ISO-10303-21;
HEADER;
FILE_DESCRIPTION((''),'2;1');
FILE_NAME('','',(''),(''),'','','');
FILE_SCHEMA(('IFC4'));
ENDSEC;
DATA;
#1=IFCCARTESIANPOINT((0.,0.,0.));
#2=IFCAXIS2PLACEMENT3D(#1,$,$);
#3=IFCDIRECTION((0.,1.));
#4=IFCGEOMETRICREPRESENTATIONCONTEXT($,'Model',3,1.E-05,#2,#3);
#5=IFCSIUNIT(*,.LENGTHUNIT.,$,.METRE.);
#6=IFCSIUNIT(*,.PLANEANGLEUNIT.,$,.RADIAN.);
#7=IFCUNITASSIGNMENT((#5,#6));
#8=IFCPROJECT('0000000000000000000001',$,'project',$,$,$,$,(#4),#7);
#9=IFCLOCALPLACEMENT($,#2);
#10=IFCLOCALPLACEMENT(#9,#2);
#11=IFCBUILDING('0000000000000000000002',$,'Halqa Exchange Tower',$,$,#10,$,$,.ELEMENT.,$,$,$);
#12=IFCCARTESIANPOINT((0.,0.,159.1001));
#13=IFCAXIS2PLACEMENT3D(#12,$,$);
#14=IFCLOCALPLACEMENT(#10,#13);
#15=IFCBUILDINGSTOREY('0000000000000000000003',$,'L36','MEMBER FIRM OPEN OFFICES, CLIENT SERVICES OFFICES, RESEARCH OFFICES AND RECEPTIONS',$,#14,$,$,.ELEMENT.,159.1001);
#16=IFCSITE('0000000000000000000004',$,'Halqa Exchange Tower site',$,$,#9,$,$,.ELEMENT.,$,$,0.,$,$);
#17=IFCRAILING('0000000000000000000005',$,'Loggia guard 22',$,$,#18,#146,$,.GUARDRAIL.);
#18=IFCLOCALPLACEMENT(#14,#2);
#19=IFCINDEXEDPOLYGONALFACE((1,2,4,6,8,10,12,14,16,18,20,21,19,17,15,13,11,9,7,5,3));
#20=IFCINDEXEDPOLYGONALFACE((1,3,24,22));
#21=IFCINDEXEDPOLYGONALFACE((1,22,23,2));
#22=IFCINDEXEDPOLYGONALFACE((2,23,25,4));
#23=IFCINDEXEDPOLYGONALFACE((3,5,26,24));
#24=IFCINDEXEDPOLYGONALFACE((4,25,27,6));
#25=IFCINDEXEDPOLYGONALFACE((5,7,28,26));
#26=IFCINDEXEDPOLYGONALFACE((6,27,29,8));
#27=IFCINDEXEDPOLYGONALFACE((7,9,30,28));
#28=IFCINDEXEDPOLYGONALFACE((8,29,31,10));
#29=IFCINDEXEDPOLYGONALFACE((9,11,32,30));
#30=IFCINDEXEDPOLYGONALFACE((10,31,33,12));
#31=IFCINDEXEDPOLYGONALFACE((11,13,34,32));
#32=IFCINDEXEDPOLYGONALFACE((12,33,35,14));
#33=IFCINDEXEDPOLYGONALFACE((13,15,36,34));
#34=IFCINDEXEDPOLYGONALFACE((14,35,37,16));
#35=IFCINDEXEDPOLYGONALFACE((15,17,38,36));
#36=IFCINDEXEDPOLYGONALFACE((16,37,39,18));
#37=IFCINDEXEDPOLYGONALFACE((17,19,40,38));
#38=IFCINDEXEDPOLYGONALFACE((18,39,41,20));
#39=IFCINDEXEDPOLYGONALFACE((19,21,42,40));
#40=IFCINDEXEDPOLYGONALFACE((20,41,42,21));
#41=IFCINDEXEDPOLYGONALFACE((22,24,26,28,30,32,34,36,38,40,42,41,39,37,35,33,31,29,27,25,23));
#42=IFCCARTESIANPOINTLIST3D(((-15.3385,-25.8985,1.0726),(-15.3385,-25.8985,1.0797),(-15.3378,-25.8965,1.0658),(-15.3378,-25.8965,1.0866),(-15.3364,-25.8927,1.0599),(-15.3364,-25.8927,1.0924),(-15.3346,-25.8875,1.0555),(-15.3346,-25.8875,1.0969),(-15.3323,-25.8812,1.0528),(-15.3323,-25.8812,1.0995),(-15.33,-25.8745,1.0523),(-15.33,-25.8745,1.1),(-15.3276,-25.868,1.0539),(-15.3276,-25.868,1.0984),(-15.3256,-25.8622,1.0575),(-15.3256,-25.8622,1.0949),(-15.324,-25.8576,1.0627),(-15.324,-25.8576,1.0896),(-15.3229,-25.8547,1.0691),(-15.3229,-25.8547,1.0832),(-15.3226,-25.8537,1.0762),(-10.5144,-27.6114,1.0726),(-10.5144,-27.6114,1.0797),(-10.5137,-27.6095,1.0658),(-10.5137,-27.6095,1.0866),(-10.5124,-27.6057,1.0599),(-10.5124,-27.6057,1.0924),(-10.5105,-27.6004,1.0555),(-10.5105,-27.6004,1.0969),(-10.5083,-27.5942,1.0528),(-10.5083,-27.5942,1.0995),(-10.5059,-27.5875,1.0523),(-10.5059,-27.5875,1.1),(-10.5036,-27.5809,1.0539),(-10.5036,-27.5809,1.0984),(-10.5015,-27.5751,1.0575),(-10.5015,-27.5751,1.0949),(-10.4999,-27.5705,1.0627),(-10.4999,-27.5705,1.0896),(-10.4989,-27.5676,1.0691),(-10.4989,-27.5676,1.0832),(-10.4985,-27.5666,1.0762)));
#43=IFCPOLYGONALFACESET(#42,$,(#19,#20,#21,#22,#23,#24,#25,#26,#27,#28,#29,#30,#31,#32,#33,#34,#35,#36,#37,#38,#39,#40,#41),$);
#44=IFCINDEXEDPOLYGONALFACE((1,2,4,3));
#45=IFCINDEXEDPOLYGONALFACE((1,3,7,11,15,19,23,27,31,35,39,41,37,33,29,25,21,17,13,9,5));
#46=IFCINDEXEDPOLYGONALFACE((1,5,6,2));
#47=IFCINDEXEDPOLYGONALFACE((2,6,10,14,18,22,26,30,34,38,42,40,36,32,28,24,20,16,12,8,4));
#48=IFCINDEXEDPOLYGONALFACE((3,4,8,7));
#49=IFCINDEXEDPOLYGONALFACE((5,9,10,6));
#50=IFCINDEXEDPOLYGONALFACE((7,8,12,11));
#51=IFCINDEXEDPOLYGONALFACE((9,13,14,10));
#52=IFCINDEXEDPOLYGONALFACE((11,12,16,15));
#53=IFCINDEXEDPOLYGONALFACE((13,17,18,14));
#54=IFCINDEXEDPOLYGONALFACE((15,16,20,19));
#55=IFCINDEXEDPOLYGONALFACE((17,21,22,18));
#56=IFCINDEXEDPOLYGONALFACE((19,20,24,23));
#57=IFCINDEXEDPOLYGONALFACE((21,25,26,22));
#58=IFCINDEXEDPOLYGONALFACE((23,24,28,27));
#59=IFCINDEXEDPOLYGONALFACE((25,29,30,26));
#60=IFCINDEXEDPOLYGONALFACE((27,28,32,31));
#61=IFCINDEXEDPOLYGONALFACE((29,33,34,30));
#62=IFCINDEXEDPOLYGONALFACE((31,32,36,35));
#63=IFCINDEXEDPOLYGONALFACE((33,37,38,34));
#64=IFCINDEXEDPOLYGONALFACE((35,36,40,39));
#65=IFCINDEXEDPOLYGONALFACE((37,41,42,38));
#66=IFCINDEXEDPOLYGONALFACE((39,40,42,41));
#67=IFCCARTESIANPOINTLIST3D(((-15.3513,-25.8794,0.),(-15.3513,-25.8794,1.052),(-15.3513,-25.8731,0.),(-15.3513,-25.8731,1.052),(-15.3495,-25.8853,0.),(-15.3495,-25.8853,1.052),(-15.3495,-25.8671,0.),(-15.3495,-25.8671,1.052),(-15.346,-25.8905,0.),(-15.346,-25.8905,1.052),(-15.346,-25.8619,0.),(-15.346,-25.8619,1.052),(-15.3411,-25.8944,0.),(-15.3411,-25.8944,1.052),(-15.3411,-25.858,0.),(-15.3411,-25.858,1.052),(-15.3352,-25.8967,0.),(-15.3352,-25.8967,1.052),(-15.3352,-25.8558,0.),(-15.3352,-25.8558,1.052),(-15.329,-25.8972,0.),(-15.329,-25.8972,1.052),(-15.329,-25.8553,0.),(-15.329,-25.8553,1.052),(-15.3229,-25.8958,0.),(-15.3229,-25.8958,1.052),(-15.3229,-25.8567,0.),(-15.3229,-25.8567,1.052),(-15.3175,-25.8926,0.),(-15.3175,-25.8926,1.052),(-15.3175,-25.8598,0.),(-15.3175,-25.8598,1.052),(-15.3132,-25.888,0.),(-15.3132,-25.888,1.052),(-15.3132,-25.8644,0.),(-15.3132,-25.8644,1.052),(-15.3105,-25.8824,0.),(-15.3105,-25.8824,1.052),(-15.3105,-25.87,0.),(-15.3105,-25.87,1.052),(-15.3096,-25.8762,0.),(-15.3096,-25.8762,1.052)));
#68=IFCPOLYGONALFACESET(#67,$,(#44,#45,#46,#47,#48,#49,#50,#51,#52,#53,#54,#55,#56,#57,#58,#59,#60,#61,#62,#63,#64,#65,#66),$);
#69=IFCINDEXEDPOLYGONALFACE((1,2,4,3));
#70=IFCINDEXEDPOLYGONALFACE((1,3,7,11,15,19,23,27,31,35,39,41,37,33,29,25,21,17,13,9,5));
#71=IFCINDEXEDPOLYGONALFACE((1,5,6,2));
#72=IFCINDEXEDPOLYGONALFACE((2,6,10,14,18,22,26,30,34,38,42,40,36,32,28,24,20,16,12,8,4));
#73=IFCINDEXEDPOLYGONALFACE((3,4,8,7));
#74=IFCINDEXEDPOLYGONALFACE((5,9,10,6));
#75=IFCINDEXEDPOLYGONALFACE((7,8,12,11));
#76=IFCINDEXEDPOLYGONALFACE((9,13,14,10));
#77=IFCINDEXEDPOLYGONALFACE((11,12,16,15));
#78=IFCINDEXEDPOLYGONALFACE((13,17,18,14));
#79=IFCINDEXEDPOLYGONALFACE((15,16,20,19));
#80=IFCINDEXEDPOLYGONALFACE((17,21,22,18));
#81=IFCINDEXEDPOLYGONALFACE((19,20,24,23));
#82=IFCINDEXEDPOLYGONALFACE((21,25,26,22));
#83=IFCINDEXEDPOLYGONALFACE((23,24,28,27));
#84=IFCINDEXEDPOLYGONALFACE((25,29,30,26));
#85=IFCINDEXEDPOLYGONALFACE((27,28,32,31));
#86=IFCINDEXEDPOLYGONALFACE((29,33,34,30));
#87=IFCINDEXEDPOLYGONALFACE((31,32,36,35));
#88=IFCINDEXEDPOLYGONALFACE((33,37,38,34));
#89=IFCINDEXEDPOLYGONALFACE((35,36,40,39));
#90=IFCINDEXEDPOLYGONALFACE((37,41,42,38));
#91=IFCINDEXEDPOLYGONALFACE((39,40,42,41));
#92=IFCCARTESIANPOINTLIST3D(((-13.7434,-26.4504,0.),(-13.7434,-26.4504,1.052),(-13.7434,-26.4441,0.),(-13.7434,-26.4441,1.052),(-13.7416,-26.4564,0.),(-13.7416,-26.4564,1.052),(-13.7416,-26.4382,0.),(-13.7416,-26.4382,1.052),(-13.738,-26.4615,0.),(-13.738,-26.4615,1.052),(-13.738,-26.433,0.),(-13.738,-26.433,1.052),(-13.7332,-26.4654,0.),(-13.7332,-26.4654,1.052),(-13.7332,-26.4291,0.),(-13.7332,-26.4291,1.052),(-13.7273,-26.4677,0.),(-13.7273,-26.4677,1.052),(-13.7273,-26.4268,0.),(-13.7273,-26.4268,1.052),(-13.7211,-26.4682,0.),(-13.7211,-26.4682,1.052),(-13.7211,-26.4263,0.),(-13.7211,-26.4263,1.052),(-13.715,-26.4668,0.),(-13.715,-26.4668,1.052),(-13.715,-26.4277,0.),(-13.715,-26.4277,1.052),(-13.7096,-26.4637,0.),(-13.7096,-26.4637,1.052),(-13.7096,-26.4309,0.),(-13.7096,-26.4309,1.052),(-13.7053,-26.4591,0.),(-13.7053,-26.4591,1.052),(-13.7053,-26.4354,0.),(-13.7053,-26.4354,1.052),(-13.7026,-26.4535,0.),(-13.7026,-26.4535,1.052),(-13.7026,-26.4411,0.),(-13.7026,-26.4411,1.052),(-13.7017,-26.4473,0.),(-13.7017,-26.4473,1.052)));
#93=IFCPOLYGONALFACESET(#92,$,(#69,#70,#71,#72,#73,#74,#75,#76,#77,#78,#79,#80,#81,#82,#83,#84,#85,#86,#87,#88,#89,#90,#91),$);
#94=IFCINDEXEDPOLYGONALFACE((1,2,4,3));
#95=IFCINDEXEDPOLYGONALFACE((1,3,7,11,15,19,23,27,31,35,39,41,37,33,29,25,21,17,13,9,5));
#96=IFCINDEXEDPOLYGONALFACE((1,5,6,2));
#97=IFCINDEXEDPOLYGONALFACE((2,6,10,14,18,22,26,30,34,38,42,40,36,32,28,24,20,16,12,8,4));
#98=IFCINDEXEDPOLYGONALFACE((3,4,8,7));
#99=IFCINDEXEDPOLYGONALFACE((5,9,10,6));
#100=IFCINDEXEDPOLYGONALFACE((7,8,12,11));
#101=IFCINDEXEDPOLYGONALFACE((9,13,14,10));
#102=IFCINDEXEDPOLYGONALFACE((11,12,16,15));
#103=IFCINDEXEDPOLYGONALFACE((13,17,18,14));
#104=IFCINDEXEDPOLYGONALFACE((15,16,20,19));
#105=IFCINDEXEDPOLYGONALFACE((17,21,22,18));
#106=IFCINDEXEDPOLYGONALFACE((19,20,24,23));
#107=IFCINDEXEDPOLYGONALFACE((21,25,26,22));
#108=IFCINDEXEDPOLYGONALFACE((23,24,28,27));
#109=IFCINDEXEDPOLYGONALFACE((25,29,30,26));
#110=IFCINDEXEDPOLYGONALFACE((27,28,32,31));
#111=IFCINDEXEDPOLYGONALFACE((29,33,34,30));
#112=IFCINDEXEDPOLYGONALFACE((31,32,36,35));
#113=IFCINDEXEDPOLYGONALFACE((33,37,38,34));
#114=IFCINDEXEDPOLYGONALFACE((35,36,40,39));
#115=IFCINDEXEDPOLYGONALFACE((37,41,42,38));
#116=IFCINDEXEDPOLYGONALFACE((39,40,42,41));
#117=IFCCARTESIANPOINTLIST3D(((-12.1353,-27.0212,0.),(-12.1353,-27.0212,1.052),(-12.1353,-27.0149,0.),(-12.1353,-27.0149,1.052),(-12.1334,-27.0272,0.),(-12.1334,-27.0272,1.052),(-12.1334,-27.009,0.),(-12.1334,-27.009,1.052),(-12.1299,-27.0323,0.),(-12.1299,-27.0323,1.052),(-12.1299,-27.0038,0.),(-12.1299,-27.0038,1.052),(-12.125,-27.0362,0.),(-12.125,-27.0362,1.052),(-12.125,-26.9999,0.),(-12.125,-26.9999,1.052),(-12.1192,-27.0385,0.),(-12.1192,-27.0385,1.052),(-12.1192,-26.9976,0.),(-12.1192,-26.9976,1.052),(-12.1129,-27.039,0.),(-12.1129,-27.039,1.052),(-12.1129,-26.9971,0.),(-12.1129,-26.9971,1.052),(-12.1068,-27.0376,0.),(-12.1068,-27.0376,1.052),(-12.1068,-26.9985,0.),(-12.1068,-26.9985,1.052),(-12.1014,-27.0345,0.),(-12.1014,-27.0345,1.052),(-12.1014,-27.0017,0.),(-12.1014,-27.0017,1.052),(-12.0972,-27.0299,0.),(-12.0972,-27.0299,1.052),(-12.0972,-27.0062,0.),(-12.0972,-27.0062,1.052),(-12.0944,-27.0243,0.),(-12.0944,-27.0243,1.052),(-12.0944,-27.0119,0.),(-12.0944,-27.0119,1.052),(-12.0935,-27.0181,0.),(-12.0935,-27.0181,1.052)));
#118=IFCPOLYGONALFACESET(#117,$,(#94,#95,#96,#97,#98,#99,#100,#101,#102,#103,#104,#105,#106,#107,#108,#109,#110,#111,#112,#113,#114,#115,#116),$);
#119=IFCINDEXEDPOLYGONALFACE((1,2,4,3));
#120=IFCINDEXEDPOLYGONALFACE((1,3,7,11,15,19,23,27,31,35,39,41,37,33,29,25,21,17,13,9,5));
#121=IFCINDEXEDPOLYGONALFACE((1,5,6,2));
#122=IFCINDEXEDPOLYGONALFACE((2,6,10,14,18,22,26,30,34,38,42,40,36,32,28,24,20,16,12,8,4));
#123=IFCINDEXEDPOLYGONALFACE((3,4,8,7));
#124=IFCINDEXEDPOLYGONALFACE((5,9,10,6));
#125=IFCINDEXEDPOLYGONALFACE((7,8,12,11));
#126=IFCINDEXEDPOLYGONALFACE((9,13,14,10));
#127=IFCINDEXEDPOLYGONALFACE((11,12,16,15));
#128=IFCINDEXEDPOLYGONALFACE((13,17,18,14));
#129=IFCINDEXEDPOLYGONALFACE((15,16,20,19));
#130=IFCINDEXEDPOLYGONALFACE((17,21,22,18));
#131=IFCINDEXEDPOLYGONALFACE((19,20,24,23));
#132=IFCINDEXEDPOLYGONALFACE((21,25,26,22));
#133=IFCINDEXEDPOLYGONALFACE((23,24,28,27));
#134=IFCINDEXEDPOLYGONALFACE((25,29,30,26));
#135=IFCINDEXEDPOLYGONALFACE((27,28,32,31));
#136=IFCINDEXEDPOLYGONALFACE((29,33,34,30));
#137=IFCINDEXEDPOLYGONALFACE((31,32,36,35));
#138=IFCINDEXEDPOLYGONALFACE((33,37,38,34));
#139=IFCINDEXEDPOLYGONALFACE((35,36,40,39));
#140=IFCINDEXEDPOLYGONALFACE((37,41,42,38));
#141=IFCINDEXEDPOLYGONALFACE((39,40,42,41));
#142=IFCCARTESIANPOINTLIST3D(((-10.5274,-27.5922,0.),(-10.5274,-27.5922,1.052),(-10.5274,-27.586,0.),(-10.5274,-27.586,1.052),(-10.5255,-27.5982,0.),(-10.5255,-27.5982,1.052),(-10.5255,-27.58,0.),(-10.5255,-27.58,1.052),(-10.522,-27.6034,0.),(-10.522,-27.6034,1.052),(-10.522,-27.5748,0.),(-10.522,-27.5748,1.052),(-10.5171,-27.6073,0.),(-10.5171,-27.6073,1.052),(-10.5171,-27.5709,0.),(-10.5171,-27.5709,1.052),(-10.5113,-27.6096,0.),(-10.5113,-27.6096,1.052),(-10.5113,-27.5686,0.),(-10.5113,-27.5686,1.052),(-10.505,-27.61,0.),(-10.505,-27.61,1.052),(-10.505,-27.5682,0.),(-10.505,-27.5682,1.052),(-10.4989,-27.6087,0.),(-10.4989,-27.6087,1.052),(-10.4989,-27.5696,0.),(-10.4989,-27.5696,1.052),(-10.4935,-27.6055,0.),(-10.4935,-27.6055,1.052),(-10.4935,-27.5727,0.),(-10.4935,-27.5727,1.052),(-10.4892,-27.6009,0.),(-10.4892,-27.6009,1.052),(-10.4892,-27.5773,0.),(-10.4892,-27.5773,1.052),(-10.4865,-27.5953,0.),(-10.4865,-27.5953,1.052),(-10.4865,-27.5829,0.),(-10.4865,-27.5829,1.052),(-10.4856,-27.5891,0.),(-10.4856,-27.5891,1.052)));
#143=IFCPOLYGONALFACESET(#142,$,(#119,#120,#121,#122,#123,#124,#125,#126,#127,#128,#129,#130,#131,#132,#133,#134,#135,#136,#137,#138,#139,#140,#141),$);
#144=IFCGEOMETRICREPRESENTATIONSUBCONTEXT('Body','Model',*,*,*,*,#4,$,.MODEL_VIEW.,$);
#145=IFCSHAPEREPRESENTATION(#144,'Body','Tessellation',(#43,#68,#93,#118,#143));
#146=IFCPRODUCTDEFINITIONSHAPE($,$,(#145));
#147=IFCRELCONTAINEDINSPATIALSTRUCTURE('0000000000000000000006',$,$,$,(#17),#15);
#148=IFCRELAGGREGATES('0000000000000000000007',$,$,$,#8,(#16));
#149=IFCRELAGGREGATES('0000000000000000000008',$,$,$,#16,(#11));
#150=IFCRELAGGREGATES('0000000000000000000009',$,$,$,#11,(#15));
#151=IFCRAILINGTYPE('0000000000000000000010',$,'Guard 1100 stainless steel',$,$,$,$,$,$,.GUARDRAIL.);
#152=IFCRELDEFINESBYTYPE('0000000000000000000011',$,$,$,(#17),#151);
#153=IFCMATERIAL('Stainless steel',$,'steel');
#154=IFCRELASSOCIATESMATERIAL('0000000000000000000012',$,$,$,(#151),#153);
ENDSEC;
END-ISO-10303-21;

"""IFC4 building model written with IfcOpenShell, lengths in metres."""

from ifc_helpers import new_model, si_unit, direction, frame, origin, origin_2d, place, context, subcontext, project, spatial, circle, extrude, material, type_object, element, save


model = new_model("IFC4")

# Units and contexts
model_context = context("Model", 3, precision=1e-05, world=origin(), true_north=direction((0.0, 1.0)))
body_context = subcontext(model_context, "Body", "Model", "MODEL_VIEW")
ifc_project = project(units=[si_unit("LENGTHUNIT", "METRE"), si_unit("PLANEANGLEUNIT", "RADIAN")], contexts=[model_context])

# Site, building, storey
site_placement = place(None, origin())
site = spatial("IfcSite", under=ifc_project, at=site_placement, Name="Halqa Exchange Tower site", CompositionType="ELEMENT", RefElevation=0.0)
building_placement = place(site_placement, origin())
building = spatial("IfcBuilding", under=site, at=building_placement, Name="Halqa Exchange Tower", CompositionType="ELEMENT")
storey_placement = place(building_placement, frame((0.0, 0.0, 159.1001)))
storey = spatial("IfcBuildingStorey", under=building, at=storey_placement, Name="L36", Description="MEMBER FIRM OPEN OFFICES, CLIENT SERVICES OFFICES, RESEARCH OFFICES AND RECEPTIONS", CompositionType="ELEMENT", Elevation=159.1001)

# Railing
ifc_material_1 = material(Name="Stainless steel", Category="steel")
railing_type = type_object("IfcRailingType", Name="Guard 1100 stainless steel", PredefinedType="GUARDRAIL", material=ifc_material_1)
railing_1_placement = place(storey_placement, frame((-15.3306, -25.8762, 0.0)))
element("IfcRailing", 1, at=railing_1_placement, inside=storey, type_object=railing_type, Name="Loggia guard 22", PredefinedType="GUARDRAIL", context=body_context, shape_type="SweptSolid", body=[
    extrude(circle(Radius=0.0239, at=origin_2d()), frame((0.0, 0.0, 1.0762), z_axis=(0.942356, -0.334611, 0.0), x_axis=(0.334611, 0.942356, 0.0)), (0.0, 0.0, 1.0), 5.1191),
    extrude(circle(Radius=0.021, at=origin_2d()), origin(), (0.0, 0.0, 1.0), 1.052),
    extrude(circle(Radius=0.021, at=origin_2d()), frame((1.6079, -0.571, 0.0)), (0.0, 0.0, 1.0), 1.052),
    extrude(circle(Radius=0.021, at=origin_2d()), frame((3.2161, -1.1418, 0.0)), (0.0, 0.0, 1.0), 1.052),
    extrude(circle(Radius=0.021, at=origin_2d()), frame((4.824, -1.7129, 0.0)), (0.0, 0.0, 1.0), 1.052),
])

save(model, "model.ifc")
